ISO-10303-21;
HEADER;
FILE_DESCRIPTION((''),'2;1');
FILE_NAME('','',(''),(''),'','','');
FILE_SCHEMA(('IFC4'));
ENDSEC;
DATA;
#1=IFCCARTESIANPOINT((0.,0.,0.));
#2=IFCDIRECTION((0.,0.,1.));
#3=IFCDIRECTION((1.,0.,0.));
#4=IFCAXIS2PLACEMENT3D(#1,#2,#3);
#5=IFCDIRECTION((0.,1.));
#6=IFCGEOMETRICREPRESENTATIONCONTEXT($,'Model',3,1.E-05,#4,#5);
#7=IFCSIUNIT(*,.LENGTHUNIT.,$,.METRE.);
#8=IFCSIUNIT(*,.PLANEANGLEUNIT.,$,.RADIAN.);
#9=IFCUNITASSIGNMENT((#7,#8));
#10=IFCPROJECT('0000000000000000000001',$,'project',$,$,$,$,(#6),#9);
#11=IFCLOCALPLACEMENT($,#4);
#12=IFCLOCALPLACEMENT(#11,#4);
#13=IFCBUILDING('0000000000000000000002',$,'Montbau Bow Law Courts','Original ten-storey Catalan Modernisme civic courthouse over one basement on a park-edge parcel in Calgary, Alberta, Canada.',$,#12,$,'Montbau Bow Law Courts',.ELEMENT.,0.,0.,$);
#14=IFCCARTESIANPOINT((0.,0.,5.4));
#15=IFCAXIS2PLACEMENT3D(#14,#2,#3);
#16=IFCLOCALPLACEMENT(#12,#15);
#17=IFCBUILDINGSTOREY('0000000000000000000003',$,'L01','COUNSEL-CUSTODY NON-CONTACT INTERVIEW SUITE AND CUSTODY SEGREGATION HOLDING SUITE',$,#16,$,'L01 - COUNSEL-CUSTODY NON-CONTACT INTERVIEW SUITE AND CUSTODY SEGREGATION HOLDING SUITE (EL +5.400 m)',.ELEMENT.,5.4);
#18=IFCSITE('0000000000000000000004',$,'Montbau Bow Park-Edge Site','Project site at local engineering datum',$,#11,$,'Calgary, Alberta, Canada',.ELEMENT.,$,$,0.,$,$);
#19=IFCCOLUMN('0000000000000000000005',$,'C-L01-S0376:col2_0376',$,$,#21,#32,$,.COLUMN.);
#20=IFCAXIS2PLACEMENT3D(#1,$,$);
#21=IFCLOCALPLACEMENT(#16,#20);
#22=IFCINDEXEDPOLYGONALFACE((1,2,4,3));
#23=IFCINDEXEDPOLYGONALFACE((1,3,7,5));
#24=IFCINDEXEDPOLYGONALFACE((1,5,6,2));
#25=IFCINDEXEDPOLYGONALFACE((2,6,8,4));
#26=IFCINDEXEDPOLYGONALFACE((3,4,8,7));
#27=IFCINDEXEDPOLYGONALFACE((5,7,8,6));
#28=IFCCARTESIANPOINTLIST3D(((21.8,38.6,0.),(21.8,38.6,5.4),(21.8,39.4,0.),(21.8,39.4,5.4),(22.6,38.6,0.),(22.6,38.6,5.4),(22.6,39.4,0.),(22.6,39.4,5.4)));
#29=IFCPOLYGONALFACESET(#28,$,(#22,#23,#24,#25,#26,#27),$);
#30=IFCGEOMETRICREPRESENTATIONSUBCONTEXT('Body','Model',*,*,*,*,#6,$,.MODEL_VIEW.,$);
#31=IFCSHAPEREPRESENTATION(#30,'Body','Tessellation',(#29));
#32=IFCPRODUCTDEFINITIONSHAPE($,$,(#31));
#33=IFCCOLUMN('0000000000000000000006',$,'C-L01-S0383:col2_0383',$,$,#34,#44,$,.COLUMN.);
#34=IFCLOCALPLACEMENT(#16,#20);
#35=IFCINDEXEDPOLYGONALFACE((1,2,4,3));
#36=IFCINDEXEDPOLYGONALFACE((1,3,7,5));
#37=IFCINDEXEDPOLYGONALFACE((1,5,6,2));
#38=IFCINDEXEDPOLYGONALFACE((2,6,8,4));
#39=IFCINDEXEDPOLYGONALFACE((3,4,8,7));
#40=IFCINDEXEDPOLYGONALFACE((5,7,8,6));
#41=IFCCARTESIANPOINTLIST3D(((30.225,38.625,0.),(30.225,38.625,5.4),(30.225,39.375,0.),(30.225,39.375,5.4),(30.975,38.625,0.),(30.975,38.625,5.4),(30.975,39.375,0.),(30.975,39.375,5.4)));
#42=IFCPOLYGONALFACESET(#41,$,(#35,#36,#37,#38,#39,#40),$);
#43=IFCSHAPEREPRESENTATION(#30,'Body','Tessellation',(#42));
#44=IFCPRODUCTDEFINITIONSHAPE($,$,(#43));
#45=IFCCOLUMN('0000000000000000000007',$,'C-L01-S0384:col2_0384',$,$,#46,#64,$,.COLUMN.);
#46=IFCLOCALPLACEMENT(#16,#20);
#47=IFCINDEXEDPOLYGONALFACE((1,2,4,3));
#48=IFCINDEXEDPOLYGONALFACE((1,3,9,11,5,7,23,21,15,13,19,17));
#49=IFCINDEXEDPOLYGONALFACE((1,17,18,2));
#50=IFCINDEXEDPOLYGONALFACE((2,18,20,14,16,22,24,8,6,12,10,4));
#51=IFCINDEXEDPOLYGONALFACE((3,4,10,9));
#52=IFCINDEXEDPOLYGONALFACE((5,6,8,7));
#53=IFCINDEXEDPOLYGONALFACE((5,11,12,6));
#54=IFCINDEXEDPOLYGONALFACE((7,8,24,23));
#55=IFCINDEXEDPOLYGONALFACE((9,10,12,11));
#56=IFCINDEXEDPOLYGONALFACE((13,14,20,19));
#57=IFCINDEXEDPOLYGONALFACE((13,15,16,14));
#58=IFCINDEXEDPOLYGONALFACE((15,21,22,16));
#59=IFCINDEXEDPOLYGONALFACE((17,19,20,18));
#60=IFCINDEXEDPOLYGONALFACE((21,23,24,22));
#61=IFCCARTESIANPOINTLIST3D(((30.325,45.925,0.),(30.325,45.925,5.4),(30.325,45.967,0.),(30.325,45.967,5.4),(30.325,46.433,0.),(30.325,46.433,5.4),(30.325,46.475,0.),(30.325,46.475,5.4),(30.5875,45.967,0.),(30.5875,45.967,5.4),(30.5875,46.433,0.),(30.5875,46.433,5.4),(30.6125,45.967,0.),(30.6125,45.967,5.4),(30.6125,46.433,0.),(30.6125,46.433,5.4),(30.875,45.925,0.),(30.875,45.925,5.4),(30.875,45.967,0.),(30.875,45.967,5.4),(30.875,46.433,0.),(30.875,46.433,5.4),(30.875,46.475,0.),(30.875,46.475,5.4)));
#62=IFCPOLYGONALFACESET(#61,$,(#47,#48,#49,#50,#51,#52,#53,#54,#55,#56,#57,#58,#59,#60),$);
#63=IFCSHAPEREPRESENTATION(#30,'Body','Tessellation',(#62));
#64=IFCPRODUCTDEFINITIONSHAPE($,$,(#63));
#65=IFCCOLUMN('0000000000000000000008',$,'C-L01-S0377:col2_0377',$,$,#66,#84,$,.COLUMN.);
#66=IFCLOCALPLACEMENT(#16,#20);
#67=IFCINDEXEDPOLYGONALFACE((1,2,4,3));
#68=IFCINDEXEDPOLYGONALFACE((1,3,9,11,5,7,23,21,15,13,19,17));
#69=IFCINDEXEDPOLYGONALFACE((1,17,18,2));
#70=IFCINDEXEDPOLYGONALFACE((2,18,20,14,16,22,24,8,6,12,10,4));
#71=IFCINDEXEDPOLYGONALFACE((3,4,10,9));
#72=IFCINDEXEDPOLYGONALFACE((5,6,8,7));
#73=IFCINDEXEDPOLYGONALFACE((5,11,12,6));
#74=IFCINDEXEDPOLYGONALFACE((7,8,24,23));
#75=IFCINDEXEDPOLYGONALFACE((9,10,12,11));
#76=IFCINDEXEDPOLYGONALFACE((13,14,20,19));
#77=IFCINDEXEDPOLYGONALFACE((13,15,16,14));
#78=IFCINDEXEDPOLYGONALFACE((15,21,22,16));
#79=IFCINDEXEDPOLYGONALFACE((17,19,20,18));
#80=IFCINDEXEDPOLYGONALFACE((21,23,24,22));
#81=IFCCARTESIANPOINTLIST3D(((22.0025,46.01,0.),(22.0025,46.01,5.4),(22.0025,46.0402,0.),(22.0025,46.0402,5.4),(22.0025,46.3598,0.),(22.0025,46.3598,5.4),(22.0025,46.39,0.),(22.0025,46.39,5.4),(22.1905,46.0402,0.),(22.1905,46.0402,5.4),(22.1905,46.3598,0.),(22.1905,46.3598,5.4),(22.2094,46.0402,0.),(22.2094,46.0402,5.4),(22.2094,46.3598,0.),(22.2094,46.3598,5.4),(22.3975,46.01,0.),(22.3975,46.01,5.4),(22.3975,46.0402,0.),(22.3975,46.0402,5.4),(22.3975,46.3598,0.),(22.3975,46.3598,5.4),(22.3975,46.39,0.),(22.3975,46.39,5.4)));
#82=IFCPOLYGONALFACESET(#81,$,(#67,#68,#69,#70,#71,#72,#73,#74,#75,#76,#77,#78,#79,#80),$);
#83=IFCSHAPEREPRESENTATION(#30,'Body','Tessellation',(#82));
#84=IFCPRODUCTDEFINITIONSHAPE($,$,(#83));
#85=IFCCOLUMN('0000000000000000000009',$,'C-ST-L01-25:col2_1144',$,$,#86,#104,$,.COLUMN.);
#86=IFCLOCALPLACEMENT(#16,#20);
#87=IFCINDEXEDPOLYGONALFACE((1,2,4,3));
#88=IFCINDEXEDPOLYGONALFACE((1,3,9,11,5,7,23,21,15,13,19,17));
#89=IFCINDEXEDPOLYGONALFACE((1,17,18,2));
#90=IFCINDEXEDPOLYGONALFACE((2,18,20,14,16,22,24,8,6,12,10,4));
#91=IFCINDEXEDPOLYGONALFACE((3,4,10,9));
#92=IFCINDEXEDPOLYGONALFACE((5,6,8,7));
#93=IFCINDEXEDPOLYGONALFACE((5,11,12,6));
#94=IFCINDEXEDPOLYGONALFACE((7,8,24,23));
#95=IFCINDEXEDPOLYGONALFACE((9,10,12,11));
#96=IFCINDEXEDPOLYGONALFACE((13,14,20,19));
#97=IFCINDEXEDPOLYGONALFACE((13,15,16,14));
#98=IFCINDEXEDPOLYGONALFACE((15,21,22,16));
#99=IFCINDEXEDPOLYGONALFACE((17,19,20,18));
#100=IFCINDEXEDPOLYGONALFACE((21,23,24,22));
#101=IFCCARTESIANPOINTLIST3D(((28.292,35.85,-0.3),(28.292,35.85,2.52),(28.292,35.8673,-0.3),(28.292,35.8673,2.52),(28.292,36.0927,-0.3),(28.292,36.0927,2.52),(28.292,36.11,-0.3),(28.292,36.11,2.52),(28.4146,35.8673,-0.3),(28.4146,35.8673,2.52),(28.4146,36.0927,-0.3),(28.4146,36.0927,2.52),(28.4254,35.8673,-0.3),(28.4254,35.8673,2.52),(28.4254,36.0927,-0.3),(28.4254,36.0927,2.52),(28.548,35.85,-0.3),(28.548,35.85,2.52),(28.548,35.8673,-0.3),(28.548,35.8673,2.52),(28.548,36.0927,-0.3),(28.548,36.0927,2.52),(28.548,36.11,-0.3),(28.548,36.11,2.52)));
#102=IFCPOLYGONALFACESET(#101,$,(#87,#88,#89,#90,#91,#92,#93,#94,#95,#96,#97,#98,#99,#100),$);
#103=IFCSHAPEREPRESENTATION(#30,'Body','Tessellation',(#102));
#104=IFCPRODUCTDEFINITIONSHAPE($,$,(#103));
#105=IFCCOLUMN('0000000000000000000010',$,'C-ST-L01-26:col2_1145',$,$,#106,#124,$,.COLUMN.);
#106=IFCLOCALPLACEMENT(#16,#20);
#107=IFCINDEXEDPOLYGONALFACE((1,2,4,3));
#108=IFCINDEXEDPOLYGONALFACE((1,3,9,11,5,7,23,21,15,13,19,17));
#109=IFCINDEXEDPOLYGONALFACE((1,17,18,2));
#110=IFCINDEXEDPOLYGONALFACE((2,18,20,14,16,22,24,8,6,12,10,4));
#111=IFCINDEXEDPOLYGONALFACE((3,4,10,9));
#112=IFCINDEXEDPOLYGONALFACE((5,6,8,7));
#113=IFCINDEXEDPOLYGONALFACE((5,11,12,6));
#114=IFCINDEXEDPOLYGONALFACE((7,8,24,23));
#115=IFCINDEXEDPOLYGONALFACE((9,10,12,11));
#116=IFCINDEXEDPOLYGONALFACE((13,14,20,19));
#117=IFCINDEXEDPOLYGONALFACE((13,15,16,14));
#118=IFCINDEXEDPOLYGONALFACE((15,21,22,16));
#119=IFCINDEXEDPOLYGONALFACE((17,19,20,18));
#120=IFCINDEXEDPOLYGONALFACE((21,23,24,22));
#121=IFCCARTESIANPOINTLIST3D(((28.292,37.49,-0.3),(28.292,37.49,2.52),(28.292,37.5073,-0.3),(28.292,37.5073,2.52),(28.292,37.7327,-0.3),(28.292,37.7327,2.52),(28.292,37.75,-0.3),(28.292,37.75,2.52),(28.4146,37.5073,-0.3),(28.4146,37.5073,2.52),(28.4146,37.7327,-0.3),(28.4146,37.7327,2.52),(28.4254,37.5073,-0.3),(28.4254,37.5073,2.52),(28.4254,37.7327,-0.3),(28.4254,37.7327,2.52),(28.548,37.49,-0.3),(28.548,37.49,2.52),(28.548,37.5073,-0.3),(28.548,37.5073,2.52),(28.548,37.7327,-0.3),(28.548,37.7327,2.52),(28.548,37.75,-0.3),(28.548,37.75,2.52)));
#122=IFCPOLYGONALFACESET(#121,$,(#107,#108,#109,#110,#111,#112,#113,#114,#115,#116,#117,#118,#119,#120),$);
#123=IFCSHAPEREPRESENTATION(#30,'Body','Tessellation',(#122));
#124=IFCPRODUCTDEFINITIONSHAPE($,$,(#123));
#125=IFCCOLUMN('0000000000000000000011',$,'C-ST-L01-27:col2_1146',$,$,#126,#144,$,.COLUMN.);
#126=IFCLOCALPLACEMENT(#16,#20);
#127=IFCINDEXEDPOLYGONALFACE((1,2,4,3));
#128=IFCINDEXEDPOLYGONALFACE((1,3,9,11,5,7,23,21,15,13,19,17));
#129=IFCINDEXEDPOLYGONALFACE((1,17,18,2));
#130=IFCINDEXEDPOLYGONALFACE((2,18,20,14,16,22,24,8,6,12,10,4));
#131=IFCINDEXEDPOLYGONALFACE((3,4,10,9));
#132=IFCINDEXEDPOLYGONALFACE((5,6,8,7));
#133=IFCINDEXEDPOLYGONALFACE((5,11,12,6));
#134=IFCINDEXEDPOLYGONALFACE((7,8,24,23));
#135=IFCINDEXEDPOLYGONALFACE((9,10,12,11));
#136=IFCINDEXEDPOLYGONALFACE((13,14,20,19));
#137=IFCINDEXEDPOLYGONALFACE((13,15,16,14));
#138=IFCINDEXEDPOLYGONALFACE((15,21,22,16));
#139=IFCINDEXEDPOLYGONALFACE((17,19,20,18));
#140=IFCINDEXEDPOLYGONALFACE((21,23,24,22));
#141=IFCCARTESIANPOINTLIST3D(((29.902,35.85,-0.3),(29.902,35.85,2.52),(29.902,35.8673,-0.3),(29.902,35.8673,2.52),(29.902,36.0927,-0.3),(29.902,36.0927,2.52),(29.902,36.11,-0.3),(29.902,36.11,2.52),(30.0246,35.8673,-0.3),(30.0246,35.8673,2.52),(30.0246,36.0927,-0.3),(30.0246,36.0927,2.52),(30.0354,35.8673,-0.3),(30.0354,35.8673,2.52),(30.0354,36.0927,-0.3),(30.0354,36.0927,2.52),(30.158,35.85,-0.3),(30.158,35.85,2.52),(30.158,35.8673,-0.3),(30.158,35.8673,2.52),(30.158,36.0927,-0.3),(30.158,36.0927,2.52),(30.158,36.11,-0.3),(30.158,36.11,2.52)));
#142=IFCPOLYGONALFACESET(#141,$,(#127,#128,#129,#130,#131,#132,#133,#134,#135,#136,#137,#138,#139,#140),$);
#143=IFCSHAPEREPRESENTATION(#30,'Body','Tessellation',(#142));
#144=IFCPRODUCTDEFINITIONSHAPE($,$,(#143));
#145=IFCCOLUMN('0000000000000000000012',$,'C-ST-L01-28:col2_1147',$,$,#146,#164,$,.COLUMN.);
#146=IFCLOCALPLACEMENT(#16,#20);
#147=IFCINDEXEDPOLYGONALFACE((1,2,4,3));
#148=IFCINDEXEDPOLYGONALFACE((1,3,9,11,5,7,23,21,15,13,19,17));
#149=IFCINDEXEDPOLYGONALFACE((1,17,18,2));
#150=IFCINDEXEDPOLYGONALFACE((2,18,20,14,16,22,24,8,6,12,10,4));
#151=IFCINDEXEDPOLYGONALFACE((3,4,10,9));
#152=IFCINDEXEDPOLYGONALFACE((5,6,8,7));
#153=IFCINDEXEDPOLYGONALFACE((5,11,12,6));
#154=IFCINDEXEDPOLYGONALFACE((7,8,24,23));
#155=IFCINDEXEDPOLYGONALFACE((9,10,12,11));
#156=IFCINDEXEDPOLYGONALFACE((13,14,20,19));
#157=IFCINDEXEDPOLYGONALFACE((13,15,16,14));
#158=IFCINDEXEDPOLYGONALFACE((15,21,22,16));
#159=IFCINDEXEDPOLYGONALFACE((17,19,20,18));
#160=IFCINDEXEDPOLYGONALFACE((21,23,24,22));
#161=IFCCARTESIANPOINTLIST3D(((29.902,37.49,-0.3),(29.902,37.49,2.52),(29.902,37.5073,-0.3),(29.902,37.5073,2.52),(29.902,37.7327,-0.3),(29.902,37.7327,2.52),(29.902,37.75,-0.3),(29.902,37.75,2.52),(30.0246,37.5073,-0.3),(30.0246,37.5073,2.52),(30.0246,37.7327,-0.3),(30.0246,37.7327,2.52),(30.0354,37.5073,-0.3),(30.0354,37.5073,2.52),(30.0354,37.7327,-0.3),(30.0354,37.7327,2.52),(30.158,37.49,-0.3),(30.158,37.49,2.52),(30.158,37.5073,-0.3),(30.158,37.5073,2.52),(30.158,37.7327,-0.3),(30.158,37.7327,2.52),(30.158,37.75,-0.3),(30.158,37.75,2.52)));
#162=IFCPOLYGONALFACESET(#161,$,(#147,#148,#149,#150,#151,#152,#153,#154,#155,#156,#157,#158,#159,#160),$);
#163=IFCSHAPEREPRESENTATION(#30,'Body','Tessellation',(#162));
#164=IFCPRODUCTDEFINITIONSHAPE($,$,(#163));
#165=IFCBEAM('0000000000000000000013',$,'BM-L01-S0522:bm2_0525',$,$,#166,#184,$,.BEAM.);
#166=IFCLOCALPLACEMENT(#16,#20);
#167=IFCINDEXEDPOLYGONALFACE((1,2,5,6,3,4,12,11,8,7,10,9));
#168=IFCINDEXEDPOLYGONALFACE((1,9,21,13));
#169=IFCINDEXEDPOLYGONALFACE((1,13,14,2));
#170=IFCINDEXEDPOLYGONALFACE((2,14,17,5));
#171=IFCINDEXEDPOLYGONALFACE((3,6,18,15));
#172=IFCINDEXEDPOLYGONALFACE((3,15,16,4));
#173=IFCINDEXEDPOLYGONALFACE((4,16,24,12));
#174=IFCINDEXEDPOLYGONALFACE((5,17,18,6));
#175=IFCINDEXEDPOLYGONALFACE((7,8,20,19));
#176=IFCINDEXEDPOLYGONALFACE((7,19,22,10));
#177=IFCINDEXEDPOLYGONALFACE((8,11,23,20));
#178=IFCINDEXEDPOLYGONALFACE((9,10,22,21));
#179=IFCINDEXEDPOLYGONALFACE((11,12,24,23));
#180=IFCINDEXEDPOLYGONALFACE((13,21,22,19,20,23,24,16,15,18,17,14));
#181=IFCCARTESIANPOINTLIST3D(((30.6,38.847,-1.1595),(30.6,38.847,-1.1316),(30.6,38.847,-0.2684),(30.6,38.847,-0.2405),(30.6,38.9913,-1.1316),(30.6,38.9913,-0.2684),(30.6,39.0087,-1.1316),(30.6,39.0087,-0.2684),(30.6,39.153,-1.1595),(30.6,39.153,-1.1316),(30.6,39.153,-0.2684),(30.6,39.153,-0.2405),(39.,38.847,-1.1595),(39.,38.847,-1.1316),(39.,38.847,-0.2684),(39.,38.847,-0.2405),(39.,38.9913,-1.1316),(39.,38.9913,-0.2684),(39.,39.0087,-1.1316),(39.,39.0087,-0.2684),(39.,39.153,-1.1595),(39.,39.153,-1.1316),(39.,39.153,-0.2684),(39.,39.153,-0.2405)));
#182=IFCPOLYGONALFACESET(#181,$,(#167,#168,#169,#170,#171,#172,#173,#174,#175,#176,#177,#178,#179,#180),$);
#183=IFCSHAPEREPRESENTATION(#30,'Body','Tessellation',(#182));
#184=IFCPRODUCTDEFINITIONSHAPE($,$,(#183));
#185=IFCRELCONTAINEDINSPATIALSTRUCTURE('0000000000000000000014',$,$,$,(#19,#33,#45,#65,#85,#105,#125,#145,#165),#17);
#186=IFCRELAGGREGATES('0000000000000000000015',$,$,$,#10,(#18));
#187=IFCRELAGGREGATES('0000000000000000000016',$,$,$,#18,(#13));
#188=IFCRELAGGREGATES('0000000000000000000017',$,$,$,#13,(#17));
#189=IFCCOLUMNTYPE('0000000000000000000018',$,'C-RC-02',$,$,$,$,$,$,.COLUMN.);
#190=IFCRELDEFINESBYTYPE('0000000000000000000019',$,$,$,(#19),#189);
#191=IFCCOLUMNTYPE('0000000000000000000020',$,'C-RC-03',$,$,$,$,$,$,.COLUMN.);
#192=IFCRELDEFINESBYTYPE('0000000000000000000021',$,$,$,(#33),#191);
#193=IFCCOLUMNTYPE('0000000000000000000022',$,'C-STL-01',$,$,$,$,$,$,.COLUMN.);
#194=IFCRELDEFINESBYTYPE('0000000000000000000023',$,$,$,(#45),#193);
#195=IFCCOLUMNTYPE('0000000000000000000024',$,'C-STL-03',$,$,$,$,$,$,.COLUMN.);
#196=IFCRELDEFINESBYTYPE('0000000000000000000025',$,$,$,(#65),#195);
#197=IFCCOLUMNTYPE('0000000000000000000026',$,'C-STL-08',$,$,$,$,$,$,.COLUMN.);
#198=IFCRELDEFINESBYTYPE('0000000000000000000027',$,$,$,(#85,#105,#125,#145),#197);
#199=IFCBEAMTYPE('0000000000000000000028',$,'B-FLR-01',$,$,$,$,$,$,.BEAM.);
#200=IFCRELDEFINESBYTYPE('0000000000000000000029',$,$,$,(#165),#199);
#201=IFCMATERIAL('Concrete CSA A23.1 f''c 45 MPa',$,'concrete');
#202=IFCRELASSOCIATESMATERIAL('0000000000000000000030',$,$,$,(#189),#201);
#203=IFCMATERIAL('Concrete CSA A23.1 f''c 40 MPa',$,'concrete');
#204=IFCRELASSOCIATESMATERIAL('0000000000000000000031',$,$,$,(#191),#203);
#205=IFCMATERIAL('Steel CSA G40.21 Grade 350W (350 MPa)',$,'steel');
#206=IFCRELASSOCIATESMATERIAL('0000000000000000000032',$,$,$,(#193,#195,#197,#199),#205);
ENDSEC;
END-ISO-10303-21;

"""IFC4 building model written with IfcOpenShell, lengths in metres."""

from ifc_helpers import new_model, si_unit, direction, frame, origin_with_axes, origin_2d_with_axis, place, context, subcontext, project, spatial, rectangle, i_section, extrude, material, material_profile, profile_set, type_object, element, save


model = new_model("IFC4")

# Units and contexts
model_context = context("Model", 3, precision=1e-05, world=origin_with_axes(), true_north=direction((0.0, 1.0)))
body_context = subcontext(model_context, "Body", "Model", "MODEL_VIEW")
ifc_project = project(units=[si_unit("LENGTHUNIT", "METRE"), si_unit("PLANEANGLEUNIT", "RADIAN")], contexts=[model_context])

# Site, building, storey
site_placement = place(None, origin_with_axes())
site = spatial("IfcSite", under=ifc_project, at=site_placement, Name="Montbau Bow Park-Edge Site", Description="Project site at local engineering datum", LongName="Calgary, Alberta, Canada", CompositionType="ELEMENT", RefElevation=0.0)
building_placement = place(site_placement, origin_with_axes())
building = spatial("IfcBuilding", under=site, at=building_placement, Name="Montbau Bow Law Courts", Description="Original ten-storey Catalan Modernisme civic courthouse over one basement on a park-edge parcel in Calgary, Alberta, Canada.", LongName="Montbau Bow Law Courts", CompositionType="ELEMENT", ElevationOfRefHeight=0.0, ElevationOfTerrain=0.0)
storey_placement = place(building_placement, frame((0.0, 0.0, 5.4), z_axis=(0.0, 0.0, 1.0), x_axis=(1.0, 0.0, 0.0)))
storey = spatial("IfcBuildingStorey", under=building, at=storey_placement, Name="L01", Description="COUNSEL-CUSTODY NON-CONTACT INTERVIEW SUITE AND CUSTODY SEGREGATION HOLDING SUITE", LongName="L01 - COUNSEL-CUSTODY NON-CONTACT INTERVIEW SUITE AND CUSTODY SEGREGATION HOLDING SUITE (EL +5.400 m)", CompositionType="ELEMENT", Elevation=5.4)

# Columns
ifc_material_1 = material(Name="Concrete CSA A23.1 f'c 45 MPa", Category="concrete")
ifc_material_profile_1 = material_profile(ifc_material_1, rectangle(XDim=0.8, YDim=0.8, at=origin_2d_with_axis()), Name="RC800X800", Category="Main", Priority=0)
ifc_profile_set_1 = profile_set([ifc_material_profile_1], Name="Concrete CSA A23.1 f'c 45 MPa")
column_type_1 = type_object("IfcColumnType", Name="C-RC-02", PredefinedType="COLUMN", material=ifc_profile_set_1)
column_1_placement = place(None, frame((22.2, 39.0, 5.4), z_axis=(0.0, 0.0, 1.0), x_axis=(1.0, 0.0, 0.0)))
element("IfcColumn", 1, at=column_1_placement, inside=storey, type_object=column_type_1, Name="C-L01-S0376:col2_0376", PredefinedType="COLUMN", context=body_context, shape_type="SweptSolid", body=[
    extrude(rectangle(XDim=0.8, YDim=0.8, at=origin_2d_with_axis()), origin_with_axes(), (0.0, 0.0, 1.0), 5.4),
])
ifc_material_2 = material(Name="Concrete CSA A23.1 f'c 40 MPa", Category="concrete")
ifc_material_profile_2 = material_profile(ifc_material_2, rectangle(XDim=0.75, YDim=0.75, at=origin_2d_with_axis()), Name="RC750X750", Category="Main", Priority=0)
ifc_profile_set_2 = profile_set([ifc_material_profile_2], Name="Concrete CSA A23.1 f'c 40 MPa")
column_type_2 = type_object("IfcColumnType", Name="C-RC-03", PredefinedType="COLUMN", material=ifc_profile_set_2)
column_2_placement = place(None, frame((30.6, 39.0, 5.4), z_axis=(0.0, 0.0, 1.0), x_axis=(1.0, 0.0, 0.0)))
element("IfcColumn", 2, at=column_2_placement, inside=storey, type_object=column_type_2, Name="C-L01-S0383:col2_0383", PredefinedType="COLUMN", context=body_context, shape_type="SweptSolid", body=[
    extrude(rectangle(XDim=0.75, YDim=0.75, at=origin_2d_with_axis()), origin_with_axes(), (0.0, 0.0, 1.0), 5.4),
])
ifc_material_3 = material(Name="Steel CSA G40.21 Grade 350W (350 MPa)", Category="steel")
ifc_material_profile_3 = material_profile(ifc_material_3, i_section(OverallWidth=0.55, OverallDepth=0.55, WebThickness=0.025, FlangeThickness=0.042, at=origin_2d_with_axis()), Name="WWF550X420", Category="Main", Priority=0)
ifc_profile_set_3 = profile_set([ifc_material_profile_3], Name="Steel CSA G40.21 Grade 350W (350 MPa)")
column_type_3 = type_object("IfcColumnType", Name="C-STL-01", PredefinedType="COLUMN", material=ifc_profile_set_3)
column_3_placement = place(None, frame((30.6, 46.2, 5.4), z_axis=(0.0, 0.0, 1.0), x_axis=(1.0, 0.0, 0.0)))
element("IfcColumn", 3, at=column_3_placement, inside=storey, type_object=column_type_3, Name="C-L01-S0384:col2_0384", PredefinedType="COLUMN", context=body_context, shape_type="SweptSolid", body=[
    extrude(i_section(OverallWidth=0.55, OverallDepth=0.55, WebThickness=0.025, FlangeThickness=0.042, at=origin_2d_with_axis()), origin_with_axes(), (0.0, 0.0, 1.0), 5.4),
])
ifc_material_profile_4 = material_profile(ifc_material_3, i_section(OverallWidth=0.395, OverallDepth=0.38, WebThickness=0.0189, FlangeThickness=0.0302, at=origin_2d_with_axis()), Name="W360X237", Category="Main", Priority=0)
ifc_profile_set_4 = profile_set([ifc_material_profile_4], Name="Steel CSA G40.21 Grade 350W (350 MPa)")
column_type_4 = type_object("IfcColumnType", Name="C-STL-03", PredefinedType="COLUMN", material=ifc_profile_set_4)
column_4_placement = place(None, frame((22.2, 46.2, 5.4), z_axis=(0.0, 0.0, 1.0), x_axis=(1.0, 0.0, 0.0)))
element("IfcColumn", 4, at=column_4_placement, inside=storey, type_object=column_type_4, Name="C-L01-S0377:col2_0377", PredefinedType="COLUMN", context=body_context, shape_type="SweptSolid", body=[
    extrude(i_section(OverallWidth=0.395, OverallDepth=0.38, WebThickness=0.0189, FlangeThickness=0.0302, at=origin_2d_with_axis()), origin_with_axes(), (0.0, 0.0, 1.0), 5.4),
])
ifc_material_profile_5 = material_profile(ifc_material_3, i_section(OverallWidth=0.256, OverallDepth=0.26, WebThickness=0.0107, FlangeThickness=0.0173, at=origin_2d_with_axis()), Name="W250X89", Category="Main", Priority=0)
ifc_profile_set_5 = profile_set([ifc_material_profile_5], Name="Steel CSA G40.21 Grade 350W (350 MPa)")
column_type_5 = type_object("IfcColumnType", Name="C-STL-08", PredefinedType="COLUMN", material=ifc_profile_set_5)
for number, where, z_axis, x_axis, name in (
    (5, (28.42, 35.98, 5.1), (0.0, 0.0, 1.0), (1.0, 0.0, 0.0), "C-ST-L01-25:col2_1144"),
    (6, (28.42, 37.62, 5.1), (0.0, 0.0, 1.0), (1.0, 0.0, 0.0), "C-ST-L01-26:col2_1145"),
    (7, (30.03, 35.98, 5.1), (0.0, 0.0, 1.0), (1.0, 0.0, 0.0), "C-ST-L01-27:col2_1146"),
    (8, (30.03, 37.62, 5.1), (0.0, 0.0, 1.0), (1.0, 0.0, 0.0), "C-ST-L01-28:col2_1147"),
):
    element("IfcColumn", number, at=place(None, frame(where, z_axis=z_axis, x_axis=x_axis)), inside=storey, type_object=column_type_5, Name=name, PredefinedType="COLUMN", context=body_context, shape_type="SweptSolid", body=[
        extrude(i_section(OverallWidth=0.256, OverallDepth=0.26, WebThickness=0.0107, FlangeThickness=0.0173, at=origin_2d_with_axis()), origin_with_axes(), (0.0, 0.0, 1.0), 2.82),
    ])

# Beam
ifc_material_profile_6 = material_profile(ifc_material_3, i_section(OverallWidth=0.306, OverallDepth=0.919, WebThickness=0.0173, FlangeThickness=0.0279, at=origin_2d_with_axis()), Name="W920X253", Category="Main", Priority=0)
ifc_profile_set_6 = profile_set([ifc_material_profile_6], Name="Steel CSA G40.21 Grade 350W (350 MPa)")
beam_type_1 = type_object("IfcBeamType", Name="B-FLR-01", PredefinedType="BEAM", material=ifc_profile_set_6)
for number, where, z_axis, x_axis, name in (
    (9, (30.6, 39.0, 4.7), (1.0, 0.0, 0.0), (0.0, 1.0, 0.0), "BM-L01-S0522:bm2_0525"),
):
    element("IfcBeam", number, at=place(None, frame(where, z_axis=z_axis, x_axis=x_axis)), inside=storey, type_object=beam_type_1, Name=name, PredefinedType="BEAM", context=body_context, shape_type="SweptSolid", body=[
        extrude(i_section(OverallWidth=0.306, OverallDepth=0.919, WebThickness=0.0173, FlangeThickness=0.0279, at=origin_2d_with_axis()), origin_with_axes(), (0.0, 0.0, 1.0), 8.4),
    ])

save(model, "model.ifc")
